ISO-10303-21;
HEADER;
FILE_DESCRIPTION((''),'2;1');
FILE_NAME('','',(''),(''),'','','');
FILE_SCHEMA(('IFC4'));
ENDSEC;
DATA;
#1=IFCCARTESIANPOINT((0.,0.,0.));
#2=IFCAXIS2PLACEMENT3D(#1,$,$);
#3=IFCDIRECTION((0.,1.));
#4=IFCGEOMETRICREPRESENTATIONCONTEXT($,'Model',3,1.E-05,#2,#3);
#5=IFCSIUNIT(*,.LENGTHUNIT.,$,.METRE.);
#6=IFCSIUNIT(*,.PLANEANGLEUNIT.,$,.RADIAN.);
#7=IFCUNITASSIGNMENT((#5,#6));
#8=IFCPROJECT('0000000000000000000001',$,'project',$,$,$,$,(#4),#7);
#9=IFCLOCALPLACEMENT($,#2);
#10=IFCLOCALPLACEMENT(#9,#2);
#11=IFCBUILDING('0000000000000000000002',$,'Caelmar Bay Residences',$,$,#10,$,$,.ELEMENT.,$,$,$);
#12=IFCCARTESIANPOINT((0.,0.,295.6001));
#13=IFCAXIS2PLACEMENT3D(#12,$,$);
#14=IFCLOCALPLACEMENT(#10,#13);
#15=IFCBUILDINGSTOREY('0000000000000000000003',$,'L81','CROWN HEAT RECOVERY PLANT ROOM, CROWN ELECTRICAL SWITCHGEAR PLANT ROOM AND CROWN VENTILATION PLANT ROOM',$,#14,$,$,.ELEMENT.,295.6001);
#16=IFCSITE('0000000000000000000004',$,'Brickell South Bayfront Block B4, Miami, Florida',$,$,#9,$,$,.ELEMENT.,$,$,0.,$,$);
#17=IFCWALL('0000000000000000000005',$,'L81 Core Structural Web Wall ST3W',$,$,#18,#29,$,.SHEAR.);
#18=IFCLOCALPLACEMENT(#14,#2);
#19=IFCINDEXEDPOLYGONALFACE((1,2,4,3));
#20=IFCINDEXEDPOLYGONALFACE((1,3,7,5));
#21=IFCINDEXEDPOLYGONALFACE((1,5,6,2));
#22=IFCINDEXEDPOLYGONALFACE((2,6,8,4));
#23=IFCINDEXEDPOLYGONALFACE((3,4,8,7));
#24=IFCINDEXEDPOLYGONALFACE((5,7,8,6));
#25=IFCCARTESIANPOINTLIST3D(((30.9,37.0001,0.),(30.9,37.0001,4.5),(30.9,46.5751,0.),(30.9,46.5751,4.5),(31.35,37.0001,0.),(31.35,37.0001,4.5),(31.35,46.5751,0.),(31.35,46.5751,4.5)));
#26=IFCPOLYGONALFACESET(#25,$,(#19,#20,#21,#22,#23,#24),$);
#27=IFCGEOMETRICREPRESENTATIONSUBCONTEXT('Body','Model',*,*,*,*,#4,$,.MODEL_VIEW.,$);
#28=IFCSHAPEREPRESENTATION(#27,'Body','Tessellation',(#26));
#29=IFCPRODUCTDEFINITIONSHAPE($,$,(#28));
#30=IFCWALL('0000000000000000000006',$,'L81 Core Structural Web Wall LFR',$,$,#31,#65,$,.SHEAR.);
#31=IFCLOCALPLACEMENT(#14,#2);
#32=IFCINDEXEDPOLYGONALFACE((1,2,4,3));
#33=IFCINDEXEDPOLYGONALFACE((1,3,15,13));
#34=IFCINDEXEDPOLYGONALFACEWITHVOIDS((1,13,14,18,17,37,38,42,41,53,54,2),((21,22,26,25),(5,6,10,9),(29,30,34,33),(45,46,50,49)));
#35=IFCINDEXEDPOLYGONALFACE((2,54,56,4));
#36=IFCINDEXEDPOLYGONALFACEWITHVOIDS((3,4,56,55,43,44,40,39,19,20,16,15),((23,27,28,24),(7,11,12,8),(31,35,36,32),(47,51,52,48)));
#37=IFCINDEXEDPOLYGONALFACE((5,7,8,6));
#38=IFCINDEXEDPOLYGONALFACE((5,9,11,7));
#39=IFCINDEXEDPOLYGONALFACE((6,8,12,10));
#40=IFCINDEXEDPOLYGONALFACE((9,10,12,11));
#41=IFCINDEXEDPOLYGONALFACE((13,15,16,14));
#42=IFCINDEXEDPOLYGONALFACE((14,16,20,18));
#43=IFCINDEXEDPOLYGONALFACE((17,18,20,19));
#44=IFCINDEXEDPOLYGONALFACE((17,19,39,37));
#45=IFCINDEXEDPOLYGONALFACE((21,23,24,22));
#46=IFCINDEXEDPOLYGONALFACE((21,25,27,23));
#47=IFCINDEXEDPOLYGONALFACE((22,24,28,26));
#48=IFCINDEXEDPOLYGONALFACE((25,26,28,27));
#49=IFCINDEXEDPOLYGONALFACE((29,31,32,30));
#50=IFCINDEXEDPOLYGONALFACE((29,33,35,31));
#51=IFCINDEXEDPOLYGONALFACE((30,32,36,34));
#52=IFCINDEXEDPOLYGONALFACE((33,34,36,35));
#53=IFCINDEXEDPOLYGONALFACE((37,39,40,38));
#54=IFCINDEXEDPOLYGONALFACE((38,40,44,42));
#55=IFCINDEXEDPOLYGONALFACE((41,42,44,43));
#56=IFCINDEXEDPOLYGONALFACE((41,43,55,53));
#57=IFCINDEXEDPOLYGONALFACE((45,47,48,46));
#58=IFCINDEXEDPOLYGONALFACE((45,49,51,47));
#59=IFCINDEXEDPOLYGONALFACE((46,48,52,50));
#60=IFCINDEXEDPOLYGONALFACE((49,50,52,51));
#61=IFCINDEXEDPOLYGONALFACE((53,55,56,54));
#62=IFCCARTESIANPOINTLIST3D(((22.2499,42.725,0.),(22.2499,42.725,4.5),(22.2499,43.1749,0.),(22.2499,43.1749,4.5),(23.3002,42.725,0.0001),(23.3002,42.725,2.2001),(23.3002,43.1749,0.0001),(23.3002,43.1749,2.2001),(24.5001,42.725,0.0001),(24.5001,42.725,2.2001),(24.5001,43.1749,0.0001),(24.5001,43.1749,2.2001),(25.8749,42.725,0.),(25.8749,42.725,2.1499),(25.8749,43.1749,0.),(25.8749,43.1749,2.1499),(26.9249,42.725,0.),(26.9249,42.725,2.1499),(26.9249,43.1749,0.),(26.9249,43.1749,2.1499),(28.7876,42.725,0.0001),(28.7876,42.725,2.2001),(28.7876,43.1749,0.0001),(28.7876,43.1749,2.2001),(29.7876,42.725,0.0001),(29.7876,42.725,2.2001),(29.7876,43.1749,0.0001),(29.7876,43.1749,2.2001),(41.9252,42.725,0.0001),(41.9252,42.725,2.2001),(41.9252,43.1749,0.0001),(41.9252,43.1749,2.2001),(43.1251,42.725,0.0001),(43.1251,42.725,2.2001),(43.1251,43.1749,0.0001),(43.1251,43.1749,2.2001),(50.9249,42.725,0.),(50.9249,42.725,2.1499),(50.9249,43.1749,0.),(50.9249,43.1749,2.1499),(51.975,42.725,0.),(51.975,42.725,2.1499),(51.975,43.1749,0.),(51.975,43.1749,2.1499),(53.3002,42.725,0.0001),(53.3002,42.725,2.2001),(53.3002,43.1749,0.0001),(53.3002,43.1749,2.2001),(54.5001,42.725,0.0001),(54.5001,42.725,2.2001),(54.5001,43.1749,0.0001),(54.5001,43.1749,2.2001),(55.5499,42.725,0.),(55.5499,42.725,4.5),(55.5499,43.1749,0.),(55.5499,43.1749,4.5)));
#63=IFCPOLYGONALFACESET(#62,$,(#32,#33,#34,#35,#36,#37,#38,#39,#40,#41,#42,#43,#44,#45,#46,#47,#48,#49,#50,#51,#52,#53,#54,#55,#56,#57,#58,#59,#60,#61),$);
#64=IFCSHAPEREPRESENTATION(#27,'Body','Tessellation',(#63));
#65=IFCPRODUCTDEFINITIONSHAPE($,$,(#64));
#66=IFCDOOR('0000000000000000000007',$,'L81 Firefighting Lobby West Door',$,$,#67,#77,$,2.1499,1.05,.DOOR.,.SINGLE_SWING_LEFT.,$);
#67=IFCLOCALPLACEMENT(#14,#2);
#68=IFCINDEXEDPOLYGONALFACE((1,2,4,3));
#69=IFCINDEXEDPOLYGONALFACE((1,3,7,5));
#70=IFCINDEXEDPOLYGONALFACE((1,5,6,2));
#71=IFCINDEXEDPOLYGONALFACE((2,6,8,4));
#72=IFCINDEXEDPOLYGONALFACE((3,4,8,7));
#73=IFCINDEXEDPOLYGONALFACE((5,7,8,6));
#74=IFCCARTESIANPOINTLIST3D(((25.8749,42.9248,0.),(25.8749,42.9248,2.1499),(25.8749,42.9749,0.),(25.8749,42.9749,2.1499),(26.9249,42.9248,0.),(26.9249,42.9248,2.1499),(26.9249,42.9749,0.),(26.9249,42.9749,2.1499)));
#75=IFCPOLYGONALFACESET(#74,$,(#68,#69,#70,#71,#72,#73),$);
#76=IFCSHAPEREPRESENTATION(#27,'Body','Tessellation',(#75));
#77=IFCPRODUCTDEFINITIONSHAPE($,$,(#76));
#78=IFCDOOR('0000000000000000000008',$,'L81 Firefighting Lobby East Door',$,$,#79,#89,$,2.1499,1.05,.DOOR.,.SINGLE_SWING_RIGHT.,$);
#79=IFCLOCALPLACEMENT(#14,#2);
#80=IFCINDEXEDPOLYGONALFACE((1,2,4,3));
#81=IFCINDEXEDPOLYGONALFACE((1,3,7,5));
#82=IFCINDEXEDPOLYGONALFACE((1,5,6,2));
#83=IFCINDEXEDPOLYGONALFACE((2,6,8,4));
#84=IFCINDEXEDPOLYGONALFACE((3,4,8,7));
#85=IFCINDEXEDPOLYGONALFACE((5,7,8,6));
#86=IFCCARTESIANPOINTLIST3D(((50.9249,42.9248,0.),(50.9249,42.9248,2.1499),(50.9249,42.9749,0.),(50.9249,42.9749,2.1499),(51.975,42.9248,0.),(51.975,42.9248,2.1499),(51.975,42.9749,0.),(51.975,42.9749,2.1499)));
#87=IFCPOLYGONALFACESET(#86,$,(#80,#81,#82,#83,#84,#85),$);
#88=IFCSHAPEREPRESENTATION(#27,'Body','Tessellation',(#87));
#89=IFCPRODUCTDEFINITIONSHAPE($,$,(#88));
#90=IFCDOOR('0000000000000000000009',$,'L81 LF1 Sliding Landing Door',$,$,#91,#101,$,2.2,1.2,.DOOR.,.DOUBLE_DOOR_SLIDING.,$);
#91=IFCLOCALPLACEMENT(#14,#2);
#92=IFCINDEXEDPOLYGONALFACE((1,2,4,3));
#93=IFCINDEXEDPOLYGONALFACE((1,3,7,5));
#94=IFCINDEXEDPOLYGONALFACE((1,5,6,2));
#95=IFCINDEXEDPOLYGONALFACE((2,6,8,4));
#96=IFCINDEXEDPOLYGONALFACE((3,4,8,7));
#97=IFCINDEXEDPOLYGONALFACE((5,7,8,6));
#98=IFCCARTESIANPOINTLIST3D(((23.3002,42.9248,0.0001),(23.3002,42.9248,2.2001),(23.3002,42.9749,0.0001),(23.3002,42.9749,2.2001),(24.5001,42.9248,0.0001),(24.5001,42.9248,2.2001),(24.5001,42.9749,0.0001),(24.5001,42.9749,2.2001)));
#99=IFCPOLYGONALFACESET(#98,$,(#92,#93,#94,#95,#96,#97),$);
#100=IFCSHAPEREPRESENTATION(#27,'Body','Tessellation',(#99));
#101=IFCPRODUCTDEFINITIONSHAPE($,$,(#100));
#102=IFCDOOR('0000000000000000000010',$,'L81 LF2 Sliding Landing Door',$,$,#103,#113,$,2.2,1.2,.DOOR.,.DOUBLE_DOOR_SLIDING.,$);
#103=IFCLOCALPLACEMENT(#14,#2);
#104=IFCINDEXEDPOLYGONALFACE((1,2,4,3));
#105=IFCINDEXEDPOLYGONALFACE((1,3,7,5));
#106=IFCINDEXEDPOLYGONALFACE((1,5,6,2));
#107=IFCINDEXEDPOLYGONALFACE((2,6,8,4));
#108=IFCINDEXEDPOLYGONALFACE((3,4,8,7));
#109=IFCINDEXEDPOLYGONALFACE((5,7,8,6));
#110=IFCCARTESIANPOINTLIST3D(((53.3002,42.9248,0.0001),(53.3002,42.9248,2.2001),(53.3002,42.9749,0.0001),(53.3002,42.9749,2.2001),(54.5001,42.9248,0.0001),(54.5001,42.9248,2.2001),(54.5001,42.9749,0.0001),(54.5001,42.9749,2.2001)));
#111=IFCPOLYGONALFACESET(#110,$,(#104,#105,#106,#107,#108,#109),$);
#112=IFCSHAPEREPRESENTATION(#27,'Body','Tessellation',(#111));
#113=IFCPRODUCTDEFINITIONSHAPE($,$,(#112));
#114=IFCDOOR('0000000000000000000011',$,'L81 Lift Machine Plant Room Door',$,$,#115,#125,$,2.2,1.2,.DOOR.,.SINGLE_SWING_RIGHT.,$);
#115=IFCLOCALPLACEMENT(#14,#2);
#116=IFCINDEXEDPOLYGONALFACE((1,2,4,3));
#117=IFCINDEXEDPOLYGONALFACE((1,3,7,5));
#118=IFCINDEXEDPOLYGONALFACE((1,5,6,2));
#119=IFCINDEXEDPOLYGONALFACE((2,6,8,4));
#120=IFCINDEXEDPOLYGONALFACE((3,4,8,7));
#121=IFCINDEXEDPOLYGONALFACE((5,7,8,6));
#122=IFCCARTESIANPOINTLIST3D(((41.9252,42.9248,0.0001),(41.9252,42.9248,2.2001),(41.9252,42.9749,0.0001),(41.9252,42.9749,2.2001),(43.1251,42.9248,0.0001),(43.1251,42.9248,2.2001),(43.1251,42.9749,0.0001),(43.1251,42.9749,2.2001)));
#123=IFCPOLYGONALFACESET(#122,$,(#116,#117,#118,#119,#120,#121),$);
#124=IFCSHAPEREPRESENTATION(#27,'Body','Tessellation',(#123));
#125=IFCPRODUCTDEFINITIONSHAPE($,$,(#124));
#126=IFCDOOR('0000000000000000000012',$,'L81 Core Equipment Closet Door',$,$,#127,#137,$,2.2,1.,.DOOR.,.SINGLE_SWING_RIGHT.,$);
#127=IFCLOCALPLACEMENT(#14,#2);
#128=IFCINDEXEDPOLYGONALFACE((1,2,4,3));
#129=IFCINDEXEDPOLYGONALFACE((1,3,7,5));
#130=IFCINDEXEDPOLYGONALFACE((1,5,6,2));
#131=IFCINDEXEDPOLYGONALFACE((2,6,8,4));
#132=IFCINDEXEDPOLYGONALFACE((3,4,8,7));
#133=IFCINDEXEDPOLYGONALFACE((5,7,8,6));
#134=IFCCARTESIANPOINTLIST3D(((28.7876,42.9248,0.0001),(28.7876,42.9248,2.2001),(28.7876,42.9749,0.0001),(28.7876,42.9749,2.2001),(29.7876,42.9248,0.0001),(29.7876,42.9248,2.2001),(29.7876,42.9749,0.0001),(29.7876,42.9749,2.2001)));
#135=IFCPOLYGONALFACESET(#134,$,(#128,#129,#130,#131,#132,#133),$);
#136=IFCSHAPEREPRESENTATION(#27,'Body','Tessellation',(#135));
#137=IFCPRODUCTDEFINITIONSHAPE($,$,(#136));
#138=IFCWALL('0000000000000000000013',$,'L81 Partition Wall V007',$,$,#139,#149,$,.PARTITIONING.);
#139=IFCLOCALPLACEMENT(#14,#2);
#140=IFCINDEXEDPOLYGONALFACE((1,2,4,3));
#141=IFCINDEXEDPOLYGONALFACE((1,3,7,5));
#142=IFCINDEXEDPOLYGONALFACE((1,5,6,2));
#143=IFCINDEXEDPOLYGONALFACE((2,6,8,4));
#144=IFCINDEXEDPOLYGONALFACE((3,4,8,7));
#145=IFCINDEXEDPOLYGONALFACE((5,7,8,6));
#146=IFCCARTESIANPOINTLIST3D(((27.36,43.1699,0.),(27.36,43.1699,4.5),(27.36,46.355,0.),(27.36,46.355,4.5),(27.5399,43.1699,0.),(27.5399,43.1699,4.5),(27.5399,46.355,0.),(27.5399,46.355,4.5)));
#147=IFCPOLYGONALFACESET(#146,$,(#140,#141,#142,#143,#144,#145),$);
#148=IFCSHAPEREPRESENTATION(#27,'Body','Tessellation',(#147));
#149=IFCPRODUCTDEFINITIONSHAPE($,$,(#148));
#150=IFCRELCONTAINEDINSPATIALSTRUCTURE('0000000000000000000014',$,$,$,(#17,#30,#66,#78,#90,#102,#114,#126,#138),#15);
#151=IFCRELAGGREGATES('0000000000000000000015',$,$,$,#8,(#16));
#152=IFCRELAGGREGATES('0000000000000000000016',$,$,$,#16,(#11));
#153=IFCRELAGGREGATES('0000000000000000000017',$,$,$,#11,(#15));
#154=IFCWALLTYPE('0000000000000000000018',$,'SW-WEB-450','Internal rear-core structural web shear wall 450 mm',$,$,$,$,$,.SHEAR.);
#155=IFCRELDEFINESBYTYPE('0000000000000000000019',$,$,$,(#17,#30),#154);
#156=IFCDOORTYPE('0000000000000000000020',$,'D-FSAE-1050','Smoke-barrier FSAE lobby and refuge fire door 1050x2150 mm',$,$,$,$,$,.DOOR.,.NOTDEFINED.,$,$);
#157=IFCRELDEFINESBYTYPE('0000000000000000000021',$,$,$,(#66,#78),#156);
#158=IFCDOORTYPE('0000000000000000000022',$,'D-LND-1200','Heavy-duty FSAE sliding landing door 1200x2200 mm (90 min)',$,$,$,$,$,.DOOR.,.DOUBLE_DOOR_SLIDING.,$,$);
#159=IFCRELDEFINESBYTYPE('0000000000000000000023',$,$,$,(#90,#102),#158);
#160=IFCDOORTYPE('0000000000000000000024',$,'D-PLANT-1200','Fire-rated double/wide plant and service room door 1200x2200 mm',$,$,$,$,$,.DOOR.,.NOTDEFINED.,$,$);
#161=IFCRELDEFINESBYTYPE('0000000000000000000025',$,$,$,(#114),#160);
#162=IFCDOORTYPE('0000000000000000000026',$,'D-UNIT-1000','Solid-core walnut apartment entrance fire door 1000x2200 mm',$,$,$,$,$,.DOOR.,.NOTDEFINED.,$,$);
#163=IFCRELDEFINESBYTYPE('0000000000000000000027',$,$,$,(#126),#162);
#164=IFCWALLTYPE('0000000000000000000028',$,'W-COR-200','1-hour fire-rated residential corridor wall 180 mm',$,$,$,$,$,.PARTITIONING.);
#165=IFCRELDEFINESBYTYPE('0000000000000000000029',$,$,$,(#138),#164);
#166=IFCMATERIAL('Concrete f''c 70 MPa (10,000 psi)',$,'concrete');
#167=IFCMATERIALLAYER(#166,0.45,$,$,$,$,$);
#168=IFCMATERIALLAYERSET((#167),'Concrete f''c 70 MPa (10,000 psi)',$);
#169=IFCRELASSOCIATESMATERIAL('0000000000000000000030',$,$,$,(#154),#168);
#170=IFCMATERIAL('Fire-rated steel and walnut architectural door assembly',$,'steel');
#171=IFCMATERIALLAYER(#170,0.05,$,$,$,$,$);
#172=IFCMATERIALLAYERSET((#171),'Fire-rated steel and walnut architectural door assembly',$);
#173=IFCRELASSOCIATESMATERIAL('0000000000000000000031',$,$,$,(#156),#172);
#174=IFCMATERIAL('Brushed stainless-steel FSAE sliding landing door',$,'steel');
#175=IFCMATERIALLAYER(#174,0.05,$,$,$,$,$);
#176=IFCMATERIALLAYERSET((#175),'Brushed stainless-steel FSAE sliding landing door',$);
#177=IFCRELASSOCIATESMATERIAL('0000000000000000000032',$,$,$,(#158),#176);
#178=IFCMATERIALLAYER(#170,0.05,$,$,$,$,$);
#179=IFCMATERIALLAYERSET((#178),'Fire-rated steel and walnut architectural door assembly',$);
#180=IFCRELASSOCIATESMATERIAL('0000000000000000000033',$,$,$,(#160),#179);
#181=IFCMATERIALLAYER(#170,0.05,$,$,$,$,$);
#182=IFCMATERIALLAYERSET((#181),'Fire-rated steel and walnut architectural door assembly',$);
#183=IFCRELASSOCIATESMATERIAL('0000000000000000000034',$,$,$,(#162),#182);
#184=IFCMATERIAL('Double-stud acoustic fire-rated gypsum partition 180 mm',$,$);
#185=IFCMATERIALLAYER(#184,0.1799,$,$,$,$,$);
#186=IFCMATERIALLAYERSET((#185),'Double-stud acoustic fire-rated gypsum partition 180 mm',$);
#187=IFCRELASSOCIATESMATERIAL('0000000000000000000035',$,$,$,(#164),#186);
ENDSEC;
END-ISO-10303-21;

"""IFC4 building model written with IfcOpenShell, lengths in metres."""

from ifc_helpers import new_model, si_unit, direction, frame, frame_2d, origin, place, context, subcontext, project, spatial, rectangle, extrude, material, layer, layer_set, type_object, element, fill, save


model = new_model("IFC4")

# Units and contexts
model_context = context("Model", 3, precision=1e-05, world=origin(), true_north=direction((0.0, 1.0)))
body_context = subcontext(model_context, "Body", "Model", "MODEL_VIEW")
ifc_project = project(units=[si_unit("LENGTHUNIT", "METRE"), si_unit("PLANEANGLEUNIT", "RADIAN")], contexts=[model_context])

# Site, building, storey
site_placement = place(None, origin())
site = spatial("IfcSite", under=ifc_project, at=site_placement, Name="Brickell South Bayfront Block B4, Miami, Florida", CompositionType="ELEMENT", RefElevation=0.0)
building_placement = place(site_placement, origin())
building = spatial("IfcBuilding", under=site, at=building_placement, Name="Caelmar Bay Residences", CompositionType="ELEMENT")
storey_placement = place(building_placement, frame((0.0, 0.0, 295.6001)))
storey = spatial("IfcBuildingStorey", under=building, at=storey_placement, Name="L81", Description="CROWN HEAT RECOVERY PLANT ROOM, CROWN ELECTRICAL SWITCHGEAR PLANT ROOM AND CROWN VENTILATION PLANT ROOM", CompositionType="ELEMENT", Elevation=295.6001)

# Wall
ifc_material_1 = material(Name="Concrete f'c 70 MPa (10,000 psi)", Category="concrete")
ifc_layer_1 = layer(ifc_material_1, 0.45)
ifc_layer_set_1 = layer_set([ifc_layer_1], Name="Concrete f'c 70 MPa (10,000 psi)")
wall_type_1 = type_object("IfcWallType", Name="SW-WEB-450", Description="Internal rear-core structural web shear wall 450 mm", PredefinedType="SHEAR", material=ifc_layer_set_1)
wall_1_placement = place(storey_placement, frame((31.125, 37.0, 0.0), z_axis=(0.0, 0.0, 1.0), x_axis=(0.0, 1.0, 0.0)))
element("IfcWall", 1, at=wall_1_placement, inside=storey, type_object=wall_type_1, Name="L81 Core Structural Web Wall ST3W", PredefinedType="SHEAR", context=body_context, shape_type="SweptSolid", body=[
    extrude(rectangle(XDim=9.575, YDim=0.45, at=frame_2d((4.7876, 0.0))), origin(), (0.0, 0.0, 1.0), 4.5),
])

# Wall, openings, doors
wall_2_placement = place(storey_placement, frame((22.25, 42.95, 0.0), z_axis=(0.0, 0.0, 1.0), x_axis=(1.0, 0.0, 0.0)))
wall_2 = element("IfcWall", 2, at=wall_2_placement, inside=storey, type_object=wall_type_1, Name="L81 Core Structural Web Wall LFR", PredefinedType="SHEAR", context=body_context, shape_type="SweptSolid", body=[
    extrude(rectangle(XDim=33.3, YDim=0.45, at=frame_2d((16.6499, 0.0))), origin(), (0.0, 0.0, 1.0), 4.5),
])
opening_1_placement = place(wall_2_placement, frame((1.05, 0.0, 0.0)))
opening_1 = element("IfcOpeningElement", 3, at=opening_1_placement, cuts=wall_2, PredefinedType="OPENING", context=body_context, shape_type="SweptSolid", body=[
    extrude(rectangle(XDim=1.2, YDim=2.2, at=frame_2d((0.6001, 1.1001))), frame((0.0, 0.2349, 0.0), z_axis=(0.0, -1.0, 0.0), x_axis=(1.0, 0.0, 0.0)), (0.0, 0.0, 1.0), 0.47),
])
opening_2_placement = place(wall_2_placement, frame((31.05, 0.0, 0.0)))
opening_2 = element("IfcOpeningElement", 4, at=opening_2_placement, cuts=wall_2, PredefinedType="OPENING", context=body_context, shape_type="SweptSolid", body=[
    extrude(rectangle(XDim=1.2, YDim=2.2, at=frame_2d((0.6001, 1.1001))), frame((0.0, 0.2349, 0.0), z_axis=(0.0, -1.0, 0.0), x_axis=(1.0, 0.0, 0.0)), (0.0, 0.0, 1.0), 0.47),
])
opening_3_placement = place(wall_2_placement, frame((3.625, 0.0, 0.0)))
opening_3 = element("IfcOpeningElement", 5, at=opening_3_placement, cuts=wall_2, PredefinedType="OPENING", context=body_context, shape_type="SweptSolid", body=[
    extrude(rectangle(XDim=1.05, YDim=2.1499, at=frame_2d((0.5249, 1.075))), frame((0.0, 0.2349, 0.0), z_axis=(0.0, -1.0, 0.0), x_axis=(1.0, 0.0, 0.0)), (0.0, 0.0, 1.0), 0.47),
])
opening_4_placement = place(wall_2_placement, frame((28.675, 0.0, 0.0)))
opening_4 = element("IfcOpeningElement", 6, at=opening_4_placement, cuts=wall_2, PredefinedType="OPENING", context=body_context, shape_type="SweptSolid", body=[
    extrude(rectangle(XDim=1.05, YDim=2.1499, at=frame_2d((0.5249, 1.075))), frame((0.0, 0.2349, 0.0), z_axis=(0.0, -1.0, 0.0), x_axis=(1.0, 0.0, 0.0)), (0.0, 0.0, 1.0), 0.47),
])
opening_5_placement = place(wall_2_placement, frame((6.5376, 0.0, 0.0)))
opening_5 = element("IfcOpeningElement", 7, at=opening_5_placement, cuts=wall_2, PredefinedType="OPENING", context=body_context, shape_type="SweptSolid", body=[
    extrude(rectangle(XDim=1.0, YDim=2.2, at=frame_2d((0.5, 1.1001))), frame((0.0, 0.2349, 0.0), z_axis=(0.0, -1.0, 0.0), x_axis=(1.0, 0.0, 0.0)), (0.0, 0.0, 1.0), 0.47),
])
opening_6_placement = place(wall_2_placement, frame((19.675, 0.0, 0.0)))
opening_6 = element("IfcOpeningElement", 8, at=opening_6_placement, cuts=wall_2, PredefinedType="OPENING", context=body_context, shape_type="SweptSolid", body=[
    extrude(rectangle(XDim=1.2, YDim=2.2, at=frame_2d((0.6001, 1.1001))), frame((0.0, 0.2349, 0.0), z_axis=(0.0, -1.0, 0.0), x_axis=(1.0, 0.0, 0.0)), (0.0, 0.0, 1.0), 0.47),
])
ifc_material_2 = material(Name="Fire-rated steel and walnut architectural door assembly", Category="steel")
ifc_layer_2 = layer(ifc_material_2, 0.05)
ifc_layer_set_2 = layer_set([ifc_layer_2], Name="Fire-rated steel and walnut architectural door assembly")
door_type_1 = type_object("IfcDoorType", Name="D-FSAE-1050", Description="Smoke-barrier FSAE lobby and refuge fire door 1050x2150 mm", OperationType="NOTDEFINED", PredefinedType="DOOR", material=ifc_layer_set_2)
door_1_placement = place(opening_3_placement, origin())
door_1 = element("IfcDoor", 9, at=door_1_placement, inside=storey, type_object=door_type_1, Name="L81 Firefighting Lobby West Door", OperationType="SINGLE_SWING_LEFT", OverallHeight=2.1499, OverallWidth=1.05, PredefinedType="DOOR", context=body_context, shape_type="SweptSolid", body=[
    extrude(rectangle(XDim=1.05, YDim=2.1499, at=frame_2d((0.5249, 1.075))), frame((0.0, 0.0249, 0.0), z_axis=(0.0, -1.0, 0.0), x_axis=(1.0, 0.0, 0.0)), (0.0, 0.0, 1.0), 0.05),
])
fill(opening_3, door_1)
door_2_placement = place(opening_4_placement, origin())
door_2 = element("IfcDoor", 10, at=door_2_placement, inside=storey, type_object=door_type_1, Name="L81 Firefighting Lobby East Door", OperationType="SINGLE_SWING_RIGHT", OverallHeight=2.1499, OverallWidth=1.05, PredefinedType="DOOR", context=body_context, shape_type="SweptSolid", body=[
    extrude(rectangle(XDim=1.05, YDim=2.1499, at=frame_2d((0.5249, 1.075))), frame((0.0, 0.0249, 0.0), z_axis=(0.0, -1.0, 0.0), x_axis=(1.0, 0.0, 0.0)), (0.0, 0.0, 1.0), 0.05),
])
fill(opening_4, door_2)
ifc_material_3 = material(Name="Brushed stainless-steel FSAE sliding landing door", Category="steel")
ifc_layer_3 = layer(ifc_material_3, 0.05)
ifc_layer_set_3 = layer_set([ifc_layer_3], Name="Brushed stainless-steel FSAE sliding landing door")
door_type_2 = type_object("IfcDoorType", Name="D-LND-1200", Description="Heavy-duty FSAE sliding landing door 1200x2200 mm (90 min)", OperationType="DOUBLE_DOOR_SLIDING", PredefinedType="DOOR", material=ifc_layer_set_3)
door_3_placement = place(opening_1_placement, origin())
door_3 = element("IfcDoor", 11, at=door_3_placement, inside=storey, type_object=door_type_2, Name="L81 LF1 Sliding Landing Door", OperationType="DOUBLE_DOOR_SLIDING", OverallHeight=2.2, OverallWidth=1.2, PredefinedType="DOOR", context=body_context, shape_type="SweptSolid", body=[
    extrude(rectangle(XDim=1.2, YDim=2.2, at=frame_2d((0.6001, 1.1001))), frame((0.0, 0.0249, 0.0), z_axis=(0.0, -1.0, 0.0), x_axis=(1.0, 0.0, 0.0)), (0.0, 0.0, 1.0), 0.05),
])
fill(opening_1, door_3)
door_4_placement = place(opening_2_placement, origin())
door_4 = element("IfcDoor", 12, at=door_4_placement, inside=storey, type_object=door_type_2, Name="L81 LF2 Sliding Landing Door", OperationType="DOUBLE_DOOR_SLIDING", OverallHeight=2.2, OverallWidth=1.2, PredefinedType="DOOR", context=body_context, shape_type="SweptSolid", body=[
    extrude(rectangle(XDim=1.2, YDim=2.2, at=frame_2d((0.6001, 1.1001))), frame((0.0, 0.0249, 0.0), z_axis=(0.0, -1.0, 0.0), x_axis=(1.0, 0.0, 0.0)), (0.0, 0.0, 1.0), 0.05),
])
fill(opening_2, door_4)
ifc_layer_4 = layer(ifc_material_2, 0.05)
ifc_layer_set_4 = layer_set([ifc_layer_4], Name="Fire-rated steel and walnut architectural door assembly")
door_type_3 = type_object("IfcDoorType", Name="D-PLANT-1200", Description="Fire-rated double/wide plant and service room door 1200x2200 mm", OperationType="NOTDEFINED", PredefinedType="DOOR", material=ifc_layer_set_4)
door_5_placement = place(opening_6_placement, origin())
door_5 = element("IfcDoor", 13, at=door_5_placement, inside=storey, type_object=door_type_3, Name="L81 Lift Machine Plant Room Door", OperationType="SINGLE_SWING_RIGHT", OverallHeight=2.2, OverallWidth=1.2, PredefinedType="DOOR", context=body_context, shape_type="SweptSolid", body=[
    extrude(rectangle(XDim=1.2, YDim=2.2, at=frame_2d((0.6001, 1.1001))), frame((0.0, 0.0249, 0.0), z_axis=(0.0, -1.0, 0.0), x_axis=(1.0, 0.0, 0.0)), (0.0, 0.0, 1.0), 0.05),
])
fill(opening_6, door_5)
ifc_layer_5 = layer(ifc_material_2, 0.05)
ifc_layer_set_5 = layer_set([ifc_layer_5], Name="Fire-rated steel and walnut architectural door assembly")
door_type_4 = type_object("IfcDoorType", Name="D-UNIT-1000", Description="Solid-core walnut apartment entrance fire door 1000x2200 mm", OperationType="NOTDEFINED", PredefinedType="DOOR", material=ifc_layer_set_5)
door_6_placement = place(opening_5_placement, origin())
door_6 = element("IfcDoor", 14, at=door_6_placement, inside=storey, type_object=door_type_4, Name="L81 Core Equipment Closet Door", OperationType="SINGLE_SWING_RIGHT", OverallHeight=2.2, OverallWidth=1.0, PredefinedType="DOOR", context=body_context, shape_type="SweptSolid", body=[
    extrude(rectangle(XDim=1.0, YDim=2.2, at=frame_2d((0.5, 1.1001))), frame((0.0, 0.0249, 0.0), z_axis=(0.0, -1.0, 0.0), x_axis=(1.0, 0.0, 0.0)), (0.0, 0.0, 1.0), 0.05),
])
fill(opening_5, door_6)

# Wall
ifc_material_4 = material(Name="Double-stud acoustic fire-rated gypsum partition 180 mm")
ifc_layer_6 = layer(ifc_material_4, 0.1799)
ifc_layer_set_6 = layer_set([ifc_layer_6], Name="Double-stud acoustic fire-rated gypsum partition 180 mm")
wall_type_2 = type_object("IfcWallType", Name="W-COR-200", Description="1-hour fire-rated residential corridor wall 180 mm", PredefinedType="PARTITIONING", material=ifc_layer_set_6)
wall_3_placement = place(storey_placement, frame((27.45, 43.1699, 0.0), z_axis=(0.0, 0.0, 1.0), x_axis=(0.0, 1.0, 0.0)))
element("IfcWall", 15, at=wall_3_placement, inside=storey, type_object=wall_type_2, Name="L81 Partition Wall V007", PredefinedType="PARTITIONING", context=body_context, shape_type="SweptSolid", body=[
    extrude(rectangle(XDim=3.1851, YDim=0.1799, at=frame_2d((1.5925, 0.0))), origin(), (0.0, 0.0, 1.0), 4.5),
])

save(model, "model.ifc")
